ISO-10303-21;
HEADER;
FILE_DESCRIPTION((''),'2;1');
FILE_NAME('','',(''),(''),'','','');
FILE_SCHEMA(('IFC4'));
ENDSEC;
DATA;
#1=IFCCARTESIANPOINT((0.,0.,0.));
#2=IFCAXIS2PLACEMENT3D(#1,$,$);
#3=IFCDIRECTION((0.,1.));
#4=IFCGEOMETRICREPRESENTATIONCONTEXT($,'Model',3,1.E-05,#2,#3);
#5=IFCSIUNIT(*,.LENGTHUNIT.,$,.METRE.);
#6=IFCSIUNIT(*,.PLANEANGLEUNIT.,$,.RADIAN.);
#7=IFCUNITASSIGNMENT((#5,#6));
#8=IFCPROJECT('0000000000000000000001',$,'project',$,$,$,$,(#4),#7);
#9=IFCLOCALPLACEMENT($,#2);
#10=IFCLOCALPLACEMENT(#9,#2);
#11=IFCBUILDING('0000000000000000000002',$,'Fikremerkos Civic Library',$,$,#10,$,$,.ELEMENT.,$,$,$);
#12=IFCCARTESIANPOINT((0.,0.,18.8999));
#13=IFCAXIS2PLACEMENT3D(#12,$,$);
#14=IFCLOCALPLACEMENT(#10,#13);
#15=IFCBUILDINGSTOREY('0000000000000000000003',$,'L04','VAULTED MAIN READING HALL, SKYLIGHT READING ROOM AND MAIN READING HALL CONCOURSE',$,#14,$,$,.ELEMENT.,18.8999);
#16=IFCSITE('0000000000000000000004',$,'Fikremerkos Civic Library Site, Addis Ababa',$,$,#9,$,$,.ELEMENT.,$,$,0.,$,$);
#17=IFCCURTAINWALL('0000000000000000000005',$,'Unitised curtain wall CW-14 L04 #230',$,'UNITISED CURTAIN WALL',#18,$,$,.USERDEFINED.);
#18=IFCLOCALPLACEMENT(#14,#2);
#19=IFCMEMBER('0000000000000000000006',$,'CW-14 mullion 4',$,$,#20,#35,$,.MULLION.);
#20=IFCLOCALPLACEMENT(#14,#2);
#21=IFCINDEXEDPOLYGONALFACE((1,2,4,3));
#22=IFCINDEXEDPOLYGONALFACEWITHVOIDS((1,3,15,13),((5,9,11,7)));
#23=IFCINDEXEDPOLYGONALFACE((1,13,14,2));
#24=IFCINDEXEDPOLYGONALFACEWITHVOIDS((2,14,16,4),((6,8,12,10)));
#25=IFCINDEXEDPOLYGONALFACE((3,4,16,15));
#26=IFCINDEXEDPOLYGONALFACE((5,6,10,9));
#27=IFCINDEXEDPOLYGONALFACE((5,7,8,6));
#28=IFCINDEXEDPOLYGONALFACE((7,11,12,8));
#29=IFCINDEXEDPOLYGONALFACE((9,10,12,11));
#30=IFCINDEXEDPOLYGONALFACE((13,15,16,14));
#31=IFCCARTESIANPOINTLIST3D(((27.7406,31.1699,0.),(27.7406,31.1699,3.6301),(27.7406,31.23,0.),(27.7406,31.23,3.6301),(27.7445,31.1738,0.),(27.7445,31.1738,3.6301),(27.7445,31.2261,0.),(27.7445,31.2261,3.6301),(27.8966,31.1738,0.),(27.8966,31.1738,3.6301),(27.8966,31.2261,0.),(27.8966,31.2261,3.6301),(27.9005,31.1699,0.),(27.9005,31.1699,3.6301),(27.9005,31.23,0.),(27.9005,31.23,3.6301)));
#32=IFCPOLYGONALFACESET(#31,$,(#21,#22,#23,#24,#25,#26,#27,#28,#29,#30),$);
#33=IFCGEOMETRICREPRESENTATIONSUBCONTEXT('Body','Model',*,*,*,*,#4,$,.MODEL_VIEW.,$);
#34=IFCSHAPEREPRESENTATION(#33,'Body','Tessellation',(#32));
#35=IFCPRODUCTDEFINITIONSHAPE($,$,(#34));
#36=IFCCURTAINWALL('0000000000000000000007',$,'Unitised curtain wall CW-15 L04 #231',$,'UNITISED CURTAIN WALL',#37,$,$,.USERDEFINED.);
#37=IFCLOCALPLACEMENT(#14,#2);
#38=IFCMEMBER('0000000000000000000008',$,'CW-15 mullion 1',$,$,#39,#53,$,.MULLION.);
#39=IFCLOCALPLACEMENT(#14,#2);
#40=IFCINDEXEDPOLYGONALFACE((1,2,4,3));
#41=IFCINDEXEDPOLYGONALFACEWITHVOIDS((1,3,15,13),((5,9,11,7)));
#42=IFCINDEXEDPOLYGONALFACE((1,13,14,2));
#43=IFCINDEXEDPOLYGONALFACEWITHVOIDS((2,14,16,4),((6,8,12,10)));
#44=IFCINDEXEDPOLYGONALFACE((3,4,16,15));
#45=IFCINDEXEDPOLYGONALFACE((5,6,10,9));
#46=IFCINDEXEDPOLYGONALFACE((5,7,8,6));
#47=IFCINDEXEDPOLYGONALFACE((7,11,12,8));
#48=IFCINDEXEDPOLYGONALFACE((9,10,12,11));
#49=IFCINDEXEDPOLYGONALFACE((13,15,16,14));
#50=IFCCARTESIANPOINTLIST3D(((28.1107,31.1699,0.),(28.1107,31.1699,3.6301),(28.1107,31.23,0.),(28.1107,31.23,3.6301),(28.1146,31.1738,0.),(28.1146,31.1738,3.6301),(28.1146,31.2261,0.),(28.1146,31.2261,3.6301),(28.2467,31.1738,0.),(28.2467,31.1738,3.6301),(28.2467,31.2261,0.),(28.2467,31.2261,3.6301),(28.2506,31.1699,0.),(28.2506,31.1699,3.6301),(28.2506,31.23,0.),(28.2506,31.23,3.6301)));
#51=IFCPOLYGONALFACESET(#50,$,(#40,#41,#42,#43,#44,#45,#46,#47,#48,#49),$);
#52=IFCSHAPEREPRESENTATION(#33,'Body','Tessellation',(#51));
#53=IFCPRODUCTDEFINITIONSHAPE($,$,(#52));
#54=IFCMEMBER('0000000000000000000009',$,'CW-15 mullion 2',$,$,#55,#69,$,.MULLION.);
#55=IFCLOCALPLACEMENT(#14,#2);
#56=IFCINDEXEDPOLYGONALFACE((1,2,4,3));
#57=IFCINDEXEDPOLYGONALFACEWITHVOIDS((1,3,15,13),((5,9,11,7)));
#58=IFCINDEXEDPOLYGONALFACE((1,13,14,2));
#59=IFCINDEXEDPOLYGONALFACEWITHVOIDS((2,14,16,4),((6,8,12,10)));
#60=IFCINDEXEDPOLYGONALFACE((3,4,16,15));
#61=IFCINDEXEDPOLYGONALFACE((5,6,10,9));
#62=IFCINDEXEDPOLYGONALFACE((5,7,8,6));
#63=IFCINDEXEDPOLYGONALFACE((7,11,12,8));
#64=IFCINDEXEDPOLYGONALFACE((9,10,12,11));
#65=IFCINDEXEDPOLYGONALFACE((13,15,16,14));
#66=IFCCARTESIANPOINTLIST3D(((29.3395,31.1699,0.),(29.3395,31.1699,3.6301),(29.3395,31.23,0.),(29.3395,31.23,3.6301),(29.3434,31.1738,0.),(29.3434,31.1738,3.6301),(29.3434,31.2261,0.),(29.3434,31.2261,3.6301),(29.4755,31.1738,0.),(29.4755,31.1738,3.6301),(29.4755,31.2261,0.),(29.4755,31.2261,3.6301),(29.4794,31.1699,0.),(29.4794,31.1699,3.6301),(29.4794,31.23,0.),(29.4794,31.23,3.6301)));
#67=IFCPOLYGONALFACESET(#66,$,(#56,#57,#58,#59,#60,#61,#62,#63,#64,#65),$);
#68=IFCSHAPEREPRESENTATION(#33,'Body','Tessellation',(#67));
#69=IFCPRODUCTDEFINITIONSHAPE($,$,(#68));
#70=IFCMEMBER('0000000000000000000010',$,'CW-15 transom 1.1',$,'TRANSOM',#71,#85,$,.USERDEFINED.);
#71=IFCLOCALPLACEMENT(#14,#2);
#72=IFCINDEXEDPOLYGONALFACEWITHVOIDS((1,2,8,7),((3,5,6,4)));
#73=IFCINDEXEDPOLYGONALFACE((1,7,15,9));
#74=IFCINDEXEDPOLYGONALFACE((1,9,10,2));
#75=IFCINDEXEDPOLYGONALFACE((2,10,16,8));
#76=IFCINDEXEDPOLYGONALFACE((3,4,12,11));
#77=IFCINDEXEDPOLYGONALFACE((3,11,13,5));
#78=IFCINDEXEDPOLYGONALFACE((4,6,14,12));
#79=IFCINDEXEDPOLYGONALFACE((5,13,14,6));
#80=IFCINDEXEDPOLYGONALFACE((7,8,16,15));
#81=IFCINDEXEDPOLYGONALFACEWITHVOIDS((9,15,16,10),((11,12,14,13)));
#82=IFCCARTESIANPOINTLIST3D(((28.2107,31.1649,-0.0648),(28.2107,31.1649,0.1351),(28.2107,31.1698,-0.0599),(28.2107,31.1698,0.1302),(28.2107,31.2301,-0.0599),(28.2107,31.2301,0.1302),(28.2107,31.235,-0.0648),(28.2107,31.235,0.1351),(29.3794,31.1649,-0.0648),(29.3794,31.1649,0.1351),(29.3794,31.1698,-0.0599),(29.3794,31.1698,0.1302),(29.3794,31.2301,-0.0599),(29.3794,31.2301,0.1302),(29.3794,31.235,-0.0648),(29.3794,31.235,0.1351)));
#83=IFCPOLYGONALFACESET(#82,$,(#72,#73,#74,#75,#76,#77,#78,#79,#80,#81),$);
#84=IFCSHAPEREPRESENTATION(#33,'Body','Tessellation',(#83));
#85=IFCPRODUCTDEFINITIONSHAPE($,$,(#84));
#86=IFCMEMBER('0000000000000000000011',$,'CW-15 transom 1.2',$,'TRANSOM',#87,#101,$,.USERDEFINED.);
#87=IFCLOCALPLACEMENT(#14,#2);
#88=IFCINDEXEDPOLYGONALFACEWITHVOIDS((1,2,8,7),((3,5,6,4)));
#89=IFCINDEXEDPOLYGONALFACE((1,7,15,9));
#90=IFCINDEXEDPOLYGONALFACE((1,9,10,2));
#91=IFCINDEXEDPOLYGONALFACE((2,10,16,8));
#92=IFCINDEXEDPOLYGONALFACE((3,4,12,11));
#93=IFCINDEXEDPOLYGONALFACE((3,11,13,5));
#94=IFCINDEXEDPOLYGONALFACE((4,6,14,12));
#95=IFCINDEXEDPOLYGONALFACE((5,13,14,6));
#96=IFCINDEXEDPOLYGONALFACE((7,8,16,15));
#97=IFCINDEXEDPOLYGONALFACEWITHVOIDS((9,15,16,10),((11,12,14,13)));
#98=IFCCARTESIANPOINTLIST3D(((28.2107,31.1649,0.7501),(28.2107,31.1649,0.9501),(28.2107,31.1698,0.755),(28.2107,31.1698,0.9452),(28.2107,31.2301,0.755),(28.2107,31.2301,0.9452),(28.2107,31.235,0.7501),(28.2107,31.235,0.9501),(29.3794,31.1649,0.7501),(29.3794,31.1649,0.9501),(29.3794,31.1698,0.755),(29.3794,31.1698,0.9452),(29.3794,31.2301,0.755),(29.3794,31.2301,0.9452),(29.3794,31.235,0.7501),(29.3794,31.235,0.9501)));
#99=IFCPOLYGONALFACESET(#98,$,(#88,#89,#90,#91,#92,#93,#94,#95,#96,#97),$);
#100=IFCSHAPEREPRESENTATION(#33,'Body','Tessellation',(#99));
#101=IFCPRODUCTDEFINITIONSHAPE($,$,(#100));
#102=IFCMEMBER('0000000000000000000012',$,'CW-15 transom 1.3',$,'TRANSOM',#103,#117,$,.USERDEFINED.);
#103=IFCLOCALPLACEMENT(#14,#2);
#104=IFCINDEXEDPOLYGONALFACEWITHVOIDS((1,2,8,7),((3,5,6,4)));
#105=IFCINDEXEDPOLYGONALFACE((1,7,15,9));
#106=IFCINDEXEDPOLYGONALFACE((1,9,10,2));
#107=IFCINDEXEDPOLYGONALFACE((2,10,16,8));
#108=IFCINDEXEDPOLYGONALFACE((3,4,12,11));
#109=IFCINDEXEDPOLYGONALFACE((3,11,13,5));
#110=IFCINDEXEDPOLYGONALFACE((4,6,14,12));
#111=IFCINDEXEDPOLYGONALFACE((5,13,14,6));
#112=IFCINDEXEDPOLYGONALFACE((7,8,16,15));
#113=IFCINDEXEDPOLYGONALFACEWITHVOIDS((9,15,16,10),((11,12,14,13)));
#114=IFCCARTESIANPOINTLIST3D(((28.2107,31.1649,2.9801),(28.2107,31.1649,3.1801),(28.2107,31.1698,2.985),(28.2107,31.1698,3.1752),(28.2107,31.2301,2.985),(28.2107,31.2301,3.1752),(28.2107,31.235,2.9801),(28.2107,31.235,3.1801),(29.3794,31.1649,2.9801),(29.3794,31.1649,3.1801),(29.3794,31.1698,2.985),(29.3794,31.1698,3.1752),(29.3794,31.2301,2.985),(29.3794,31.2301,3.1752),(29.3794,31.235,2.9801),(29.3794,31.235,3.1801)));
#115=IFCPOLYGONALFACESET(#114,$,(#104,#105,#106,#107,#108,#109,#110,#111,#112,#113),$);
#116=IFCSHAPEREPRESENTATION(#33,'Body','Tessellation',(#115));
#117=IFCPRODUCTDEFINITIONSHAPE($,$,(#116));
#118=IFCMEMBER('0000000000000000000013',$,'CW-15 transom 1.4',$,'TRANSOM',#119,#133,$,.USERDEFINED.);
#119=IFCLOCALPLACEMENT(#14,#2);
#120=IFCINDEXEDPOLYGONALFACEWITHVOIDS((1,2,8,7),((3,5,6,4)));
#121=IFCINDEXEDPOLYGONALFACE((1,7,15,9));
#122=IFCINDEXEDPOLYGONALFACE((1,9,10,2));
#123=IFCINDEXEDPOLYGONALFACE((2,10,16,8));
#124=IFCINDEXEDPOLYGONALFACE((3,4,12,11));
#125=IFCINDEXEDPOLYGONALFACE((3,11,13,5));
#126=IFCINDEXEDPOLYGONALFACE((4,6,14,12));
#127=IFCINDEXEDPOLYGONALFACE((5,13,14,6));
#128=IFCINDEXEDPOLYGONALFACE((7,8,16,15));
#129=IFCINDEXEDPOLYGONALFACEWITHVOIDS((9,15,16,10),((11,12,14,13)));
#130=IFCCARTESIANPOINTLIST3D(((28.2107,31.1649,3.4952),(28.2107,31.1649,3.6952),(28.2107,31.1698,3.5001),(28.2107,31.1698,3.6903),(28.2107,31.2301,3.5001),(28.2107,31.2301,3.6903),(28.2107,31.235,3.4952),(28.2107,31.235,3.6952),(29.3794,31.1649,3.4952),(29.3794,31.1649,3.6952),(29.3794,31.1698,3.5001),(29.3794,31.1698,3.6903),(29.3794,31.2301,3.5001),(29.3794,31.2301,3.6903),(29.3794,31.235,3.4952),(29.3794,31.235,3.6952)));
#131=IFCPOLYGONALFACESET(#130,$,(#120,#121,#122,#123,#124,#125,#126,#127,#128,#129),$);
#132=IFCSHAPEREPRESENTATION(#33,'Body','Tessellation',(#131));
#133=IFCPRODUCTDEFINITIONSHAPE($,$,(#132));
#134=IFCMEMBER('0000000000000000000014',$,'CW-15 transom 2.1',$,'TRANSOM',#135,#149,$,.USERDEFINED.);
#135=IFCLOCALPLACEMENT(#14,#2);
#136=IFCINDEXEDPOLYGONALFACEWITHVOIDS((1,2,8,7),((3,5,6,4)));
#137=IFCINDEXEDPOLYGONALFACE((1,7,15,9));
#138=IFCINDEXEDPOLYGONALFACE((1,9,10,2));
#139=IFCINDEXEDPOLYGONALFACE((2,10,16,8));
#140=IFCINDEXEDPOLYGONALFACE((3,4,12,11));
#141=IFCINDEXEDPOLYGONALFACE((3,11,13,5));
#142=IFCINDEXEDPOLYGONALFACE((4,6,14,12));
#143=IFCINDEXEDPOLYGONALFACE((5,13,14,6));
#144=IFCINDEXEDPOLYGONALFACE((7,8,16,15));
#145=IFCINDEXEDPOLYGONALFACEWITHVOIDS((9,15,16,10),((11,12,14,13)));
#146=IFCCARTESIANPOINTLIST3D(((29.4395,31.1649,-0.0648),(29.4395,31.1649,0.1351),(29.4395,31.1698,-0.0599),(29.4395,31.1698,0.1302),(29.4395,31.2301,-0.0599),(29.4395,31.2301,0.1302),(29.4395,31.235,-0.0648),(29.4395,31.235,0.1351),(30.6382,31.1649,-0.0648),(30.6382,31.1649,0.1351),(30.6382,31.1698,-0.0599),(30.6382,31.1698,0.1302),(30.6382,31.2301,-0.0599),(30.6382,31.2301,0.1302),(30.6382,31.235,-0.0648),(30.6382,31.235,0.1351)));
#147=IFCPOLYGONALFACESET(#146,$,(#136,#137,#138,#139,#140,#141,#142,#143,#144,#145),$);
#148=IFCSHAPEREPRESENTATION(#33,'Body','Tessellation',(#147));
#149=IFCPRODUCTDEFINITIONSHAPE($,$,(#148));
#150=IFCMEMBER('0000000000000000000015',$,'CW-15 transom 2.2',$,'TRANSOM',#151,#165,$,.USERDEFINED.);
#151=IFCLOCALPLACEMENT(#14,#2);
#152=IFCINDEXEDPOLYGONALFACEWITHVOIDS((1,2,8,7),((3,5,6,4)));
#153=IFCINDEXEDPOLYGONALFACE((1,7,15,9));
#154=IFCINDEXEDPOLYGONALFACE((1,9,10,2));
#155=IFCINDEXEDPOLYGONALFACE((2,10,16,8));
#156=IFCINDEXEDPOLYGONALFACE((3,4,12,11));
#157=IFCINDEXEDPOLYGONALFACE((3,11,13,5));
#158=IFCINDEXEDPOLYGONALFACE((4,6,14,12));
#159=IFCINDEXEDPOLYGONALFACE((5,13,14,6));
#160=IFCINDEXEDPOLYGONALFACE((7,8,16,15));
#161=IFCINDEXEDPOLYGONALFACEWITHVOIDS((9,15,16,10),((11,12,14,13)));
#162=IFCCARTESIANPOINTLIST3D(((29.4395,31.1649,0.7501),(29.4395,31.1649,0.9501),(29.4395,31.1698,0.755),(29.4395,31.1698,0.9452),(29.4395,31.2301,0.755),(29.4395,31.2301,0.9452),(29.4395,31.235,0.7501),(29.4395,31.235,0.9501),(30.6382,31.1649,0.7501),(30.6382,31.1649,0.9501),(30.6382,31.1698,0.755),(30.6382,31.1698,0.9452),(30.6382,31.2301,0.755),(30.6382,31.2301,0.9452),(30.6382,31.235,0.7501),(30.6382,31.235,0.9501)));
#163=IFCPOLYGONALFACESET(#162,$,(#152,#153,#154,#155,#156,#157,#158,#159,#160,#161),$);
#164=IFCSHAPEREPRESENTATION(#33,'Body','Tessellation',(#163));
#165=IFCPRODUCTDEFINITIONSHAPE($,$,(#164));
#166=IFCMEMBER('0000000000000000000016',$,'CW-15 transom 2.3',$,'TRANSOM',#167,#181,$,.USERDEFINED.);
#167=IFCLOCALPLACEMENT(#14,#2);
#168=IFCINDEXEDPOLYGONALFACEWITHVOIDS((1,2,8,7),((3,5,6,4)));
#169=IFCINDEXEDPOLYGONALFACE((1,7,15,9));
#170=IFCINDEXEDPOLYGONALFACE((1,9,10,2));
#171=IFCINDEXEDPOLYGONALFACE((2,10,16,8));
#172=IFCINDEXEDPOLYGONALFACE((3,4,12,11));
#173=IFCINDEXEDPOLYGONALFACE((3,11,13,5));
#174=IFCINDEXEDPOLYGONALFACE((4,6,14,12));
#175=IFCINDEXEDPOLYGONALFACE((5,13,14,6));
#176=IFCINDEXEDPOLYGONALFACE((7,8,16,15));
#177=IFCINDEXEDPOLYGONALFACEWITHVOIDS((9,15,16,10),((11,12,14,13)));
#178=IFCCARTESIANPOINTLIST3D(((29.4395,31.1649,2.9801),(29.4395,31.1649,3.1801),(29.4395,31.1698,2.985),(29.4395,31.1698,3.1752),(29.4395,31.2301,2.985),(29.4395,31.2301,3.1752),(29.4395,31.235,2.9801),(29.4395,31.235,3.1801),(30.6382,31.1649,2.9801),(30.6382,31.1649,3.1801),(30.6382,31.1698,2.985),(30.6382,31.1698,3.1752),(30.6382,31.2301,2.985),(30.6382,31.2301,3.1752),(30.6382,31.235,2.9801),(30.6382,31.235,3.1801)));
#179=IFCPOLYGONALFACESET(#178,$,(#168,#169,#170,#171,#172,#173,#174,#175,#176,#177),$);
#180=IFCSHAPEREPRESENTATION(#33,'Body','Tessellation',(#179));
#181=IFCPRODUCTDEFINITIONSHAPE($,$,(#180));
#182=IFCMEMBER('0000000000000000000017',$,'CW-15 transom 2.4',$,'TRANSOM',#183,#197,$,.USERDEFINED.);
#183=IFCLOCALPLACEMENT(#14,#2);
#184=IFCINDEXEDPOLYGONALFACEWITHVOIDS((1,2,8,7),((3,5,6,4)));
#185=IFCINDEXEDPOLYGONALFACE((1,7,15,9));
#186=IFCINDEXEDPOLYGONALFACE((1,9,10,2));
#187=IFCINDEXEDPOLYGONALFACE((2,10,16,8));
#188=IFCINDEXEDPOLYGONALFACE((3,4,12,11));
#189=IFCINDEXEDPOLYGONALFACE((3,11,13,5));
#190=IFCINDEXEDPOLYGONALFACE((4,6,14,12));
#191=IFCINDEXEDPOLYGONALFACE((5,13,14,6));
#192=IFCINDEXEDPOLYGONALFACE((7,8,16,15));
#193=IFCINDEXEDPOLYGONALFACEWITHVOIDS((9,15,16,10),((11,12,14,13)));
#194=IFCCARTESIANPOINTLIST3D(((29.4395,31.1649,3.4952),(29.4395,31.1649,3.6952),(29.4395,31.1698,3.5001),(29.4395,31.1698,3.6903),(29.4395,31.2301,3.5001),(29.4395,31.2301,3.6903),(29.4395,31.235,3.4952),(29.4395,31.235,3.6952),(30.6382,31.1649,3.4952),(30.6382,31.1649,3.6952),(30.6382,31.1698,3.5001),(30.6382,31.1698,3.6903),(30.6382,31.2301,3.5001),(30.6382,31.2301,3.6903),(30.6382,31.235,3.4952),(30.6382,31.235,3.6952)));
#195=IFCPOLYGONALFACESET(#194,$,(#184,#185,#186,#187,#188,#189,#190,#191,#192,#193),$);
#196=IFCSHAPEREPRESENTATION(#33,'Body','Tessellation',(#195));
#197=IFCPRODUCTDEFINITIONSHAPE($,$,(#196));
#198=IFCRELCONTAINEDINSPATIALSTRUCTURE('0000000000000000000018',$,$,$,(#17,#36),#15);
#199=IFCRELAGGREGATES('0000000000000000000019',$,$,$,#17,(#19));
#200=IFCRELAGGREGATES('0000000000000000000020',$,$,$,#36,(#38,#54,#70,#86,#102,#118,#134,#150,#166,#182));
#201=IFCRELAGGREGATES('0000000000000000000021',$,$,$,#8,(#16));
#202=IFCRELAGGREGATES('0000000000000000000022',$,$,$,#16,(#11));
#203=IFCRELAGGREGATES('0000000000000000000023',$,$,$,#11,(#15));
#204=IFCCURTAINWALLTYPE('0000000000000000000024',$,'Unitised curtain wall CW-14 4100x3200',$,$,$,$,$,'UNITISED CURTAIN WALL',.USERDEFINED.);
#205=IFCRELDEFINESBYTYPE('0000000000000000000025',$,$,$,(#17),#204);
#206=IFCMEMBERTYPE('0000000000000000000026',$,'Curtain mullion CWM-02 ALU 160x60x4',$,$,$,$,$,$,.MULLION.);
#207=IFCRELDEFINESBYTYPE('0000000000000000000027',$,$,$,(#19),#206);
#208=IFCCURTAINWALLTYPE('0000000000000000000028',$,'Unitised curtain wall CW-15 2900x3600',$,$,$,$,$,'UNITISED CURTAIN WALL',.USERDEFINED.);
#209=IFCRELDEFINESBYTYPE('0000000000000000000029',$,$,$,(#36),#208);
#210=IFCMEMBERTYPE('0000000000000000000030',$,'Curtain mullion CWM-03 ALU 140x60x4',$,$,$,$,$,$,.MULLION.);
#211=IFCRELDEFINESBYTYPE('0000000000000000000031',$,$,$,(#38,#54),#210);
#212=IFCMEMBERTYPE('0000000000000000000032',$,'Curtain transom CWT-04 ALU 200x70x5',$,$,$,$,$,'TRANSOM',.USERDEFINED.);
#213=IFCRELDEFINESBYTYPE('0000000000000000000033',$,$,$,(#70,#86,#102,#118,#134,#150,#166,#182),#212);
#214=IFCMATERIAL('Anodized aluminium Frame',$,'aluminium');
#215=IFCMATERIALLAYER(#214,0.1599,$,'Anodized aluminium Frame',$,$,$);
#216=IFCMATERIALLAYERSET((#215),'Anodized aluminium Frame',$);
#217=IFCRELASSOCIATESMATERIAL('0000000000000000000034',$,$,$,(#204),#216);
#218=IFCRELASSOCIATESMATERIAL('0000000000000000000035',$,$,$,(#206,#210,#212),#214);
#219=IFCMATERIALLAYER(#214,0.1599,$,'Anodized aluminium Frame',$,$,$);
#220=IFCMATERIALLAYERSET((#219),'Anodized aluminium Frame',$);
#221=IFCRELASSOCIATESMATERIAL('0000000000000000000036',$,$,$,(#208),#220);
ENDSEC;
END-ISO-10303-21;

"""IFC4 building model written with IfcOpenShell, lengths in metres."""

from ifc_helpers import new_model, si_unit, direction, frame, origin, origin_2d, place, context, subcontext, project, spatial, hollow_rectangle, extrude, material, layer, layer_set, material_profile, profile_set, type_object, element, aggregate, save


model = new_model("IFC4")

# Units and contexts
model_context = context("Model", 3, precision=1e-05, world=origin(), true_north=direction((0.0, 1.0)))
body_context = subcontext(model_context, "Body", "Model", "MODEL_VIEW")
ifc_project = project(units=[si_unit("LENGTHUNIT", "METRE"), si_unit("PLANEANGLEUNIT", "RADIAN")], contexts=[model_context])

# Site, building, storey
site_placement = place(None, origin())
site = spatial("IfcSite", under=ifc_project, at=site_placement, Name="Fikremerkos Civic Library Site, Addis Ababa", CompositionType="ELEMENT", RefElevation=0.0)
building_placement = place(site_placement, origin())
building = spatial("IfcBuilding", under=site, at=building_placement, Name="Fikremerkos Civic Library", CompositionType="ELEMENT")
storey_placement = place(building_placement, frame((0.0, 0.0, 18.8999)))
storey = spatial("IfcBuildingStorey", under=building, at=storey_placement, Name="L04", Description="VAULTED MAIN READING HALL, SKYLIGHT READING ROOM AND MAIN READING HALL CONCOURSE", CompositionType="ELEMENT", Elevation=18.8999)

# Curtain wall, member
ifc_material_1 = material(Name="Anodized aluminium Frame", Category="aluminium")
ifc_layer_1 = layer(ifc_material_1, 0.1599, Name="Anodized aluminium Frame")
ifc_layer_set_1 = layer_set([ifc_layer_1], Name="Anodized aluminium Frame")
curtain_wall_type_1 = type_object("IfcCurtainWallType", Name="Unitised curtain wall CW-14 4100x3200", ElementType="UNITISED CURTAIN WALL", PredefinedType="USERDEFINED", material=ifc_layer_set_1)
curtain_wall_1_placement = place(storey_placement, origin())
curtain_wall_1 = element("IfcCurtainWall", 1, at=curtain_wall_1_placement, inside=storey, type_object=curtain_wall_type_1, Name="Unitised curtain wall CW-14 L04 #230", ObjectType="UNITISED CURTAIN WALL", PredefinedType="USERDEFINED")
ifc_material_profile_1 = material_profile(ifc_material_1, hollow_rectangle(XDim=0.0601, YDim=0.1599, WallThickness=0.0039, at=origin_2d()), Name="ALU 160x60x4")
ifc_profile_set_1 = profile_set([ifc_material_profile_1], Name="Anodized aluminium Frame")
member_type_1 = type_object("IfcMemberType", Name="Curtain mullion CWM-02 ALU 160x60x4", PredefinedType="MULLION", material=ifc_profile_set_1)
member_1_placement = place(storey_placement, frame((27.8206, 31.2, 0.0), z_axis=(0.0, 0.0, 1.0), x_axis=(0.0, 1.0, 0.0)))
member_1 = element("IfcMember", 2, at=member_1_placement, type_object=member_type_1, Name="CW-14 mullion 4", PredefinedType="MULLION", context=body_context, shape_type="SweptSolid", body=[
    extrude(hollow_rectangle(XDim=0.0601, YDim=0.1599, WallThickness=0.0039, at=origin_2d()), origin(), (0.0, 0.0, 1.0), 3.6301),
])

# Curtain wall, members
ifc_layer_2 = layer(ifc_material_1, 0.1599, Name="Anodized aluminium Frame")
ifc_layer_set_2 = layer_set([ifc_layer_2], Name="Anodized aluminium Frame")
curtain_wall_type_2 = type_object("IfcCurtainWallType", Name="Unitised curtain wall CW-15 2900x3600", ElementType="UNITISED CURTAIN WALL", PredefinedType="USERDEFINED", material=ifc_layer_set_2)
curtain_wall_2_placement = place(storey_placement, origin())
curtain_wall_2 = element("IfcCurtainWall", 3, at=curtain_wall_2_placement, inside=storey, type_object=curtain_wall_type_2, Name="Unitised curtain wall CW-15 L04 #231", ObjectType="UNITISED CURTAIN WALL", PredefinedType="USERDEFINED")
ifc_material_profile_2 = material_profile(ifc_material_1, hollow_rectangle(XDim=0.0601, YDim=0.1399, WallThickness=0.0039, at=origin_2d()), Name="ALU 140x60x4")
ifc_profile_set_2 = profile_set([ifc_material_profile_2], Name="Anodized aluminium Frame")
member_type_2 = type_object("IfcMemberType", Name="Curtain mullion CWM-03 ALU 140x60x4", PredefinedType="MULLION", material=ifc_profile_set_2)
member_2_placement = place(storey_placement, frame((28.1807, 31.2, 0.0), z_axis=(0.0, 0.0, 1.0), x_axis=(0.0, 1.0, 0.0)))
member_2 = element("IfcMember", 4, at=member_2_placement, type_object=member_type_2, Name="CW-15 mullion 1", PredefinedType="MULLION", context=body_context, shape_type="SweptSolid", body=[
    extrude(hollow_rectangle(XDim=0.0601, YDim=0.1399, WallThickness=0.0039, at=origin_2d()), origin(), (0.0, 0.0, 1.0), 3.6301),
])
member_3_placement = place(storey_placement, frame((29.4094, 31.2, 0.0), z_axis=(0.0, 0.0, 1.0), x_axis=(0.0, 1.0, 0.0)))
member_3 = element("IfcMember", 5, at=member_3_placement, type_object=member_type_2, Name="CW-15 mullion 2", PredefinedType="MULLION", context=body_context, shape_type="SweptSolid", body=[
    extrude(hollow_rectangle(XDim=0.0601, YDim=0.1399, WallThickness=0.0039, at=origin_2d()), origin(), (0.0, 0.0, 1.0), 3.6301),
])
ifc_material_profile_3 = material_profile(ifc_material_1, hollow_rectangle(XDim=0.0701, YDim=0.2, WallThickness=0.0049, at=origin_2d()), Name="ALU 200x70x5")
ifc_profile_set_3 = profile_set([ifc_material_profile_3], Name="Anodized aluminium Frame")
member_type_3 = type_object("IfcMemberType", Name="Curtain transom CWT-04 ALU 200x70x5", ElementType="TRANSOM", PredefinedType="USERDEFINED", material=ifc_profile_set_3)
member_4_placement = place(storey_placement, frame((28.2107, 31.2, 0.0352), z_axis=(1.0, 0.0, 0.0), x_axis=(0.0, 1.0, 0.0)))
member_4 = element("IfcMember", 6, at=member_4_placement, type_object=member_type_3, Name="CW-15 transom 1.1", ObjectType="TRANSOM", PredefinedType="USERDEFINED", context=body_context, shape_type="SweptSolid", body=[
    extrude(hollow_rectangle(XDim=0.0701, YDim=0.2, WallThickness=0.0049, at=origin_2d()), origin(), (0.0, 0.0, 1.0), 1.1687),
])
member_5_placement = place(storey_placement, frame((28.2107, 31.2, 0.8501), z_axis=(1.0, 0.0, 0.0), x_axis=(0.0, 1.0, 0.0)))
member_5 = element("IfcMember", 7, at=member_5_placement, type_object=member_type_3, Name="CW-15 transom 1.2", ObjectType="TRANSOM", PredefinedType="USERDEFINED", context=body_context, shape_type="SweptSolid", body=[
    extrude(hollow_rectangle(XDim=0.0701, YDim=0.2, WallThickness=0.0049, at=origin_2d()), origin(), (0.0, 0.0, 1.0), 1.1687),
])
member_6_placement = place(storey_placement, frame((28.2107, 31.2, 3.0801), z_axis=(1.0, 0.0, 0.0), x_axis=(0.0, 1.0, 0.0)))
member_6 = element("IfcMember", 8, at=member_6_placement, type_object=member_type_3, Name="CW-15 transom 1.3", ObjectType="TRANSOM", PredefinedType="USERDEFINED", context=body_context, shape_type="SweptSolid", body=[
    extrude(hollow_rectangle(XDim=0.0701, YDim=0.2, WallThickness=0.0049, at=origin_2d()), origin(), (0.0, 0.0, 1.0), 1.1687),
])
member_7_placement = place(storey_placement, frame((28.2107, 31.2, 3.5952), z_axis=(1.0, 0.0, 0.0), x_axis=(0.0, 1.0, 0.0)))
member_7 = element("IfcMember", 9, at=member_7_placement, type_object=member_type_3, Name="CW-15 transom 1.4", ObjectType="TRANSOM", PredefinedType="USERDEFINED", context=body_context, shape_type="SweptSolid", body=[
    extrude(hollow_rectangle(XDim=0.0701, YDim=0.2, WallThickness=0.0049, at=origin_2d()), origin(), (0.0, 0.0, 1.0), 1.1687),
])
member_8_placement = place(storey_placement, frame((29.4395, 31.2, 0.0352), z_axis=(1.0, 0.0, 0.0), x_axis=(0.0, 1.0, 0.0)))
member_8 = element("IfcMember", 10, at=member_8_placement, type_object=member_type_3, Name="CW-15 transom 2.1", ObjectType="TRANSOM", PredefinedType="USERDEFINED", context=body_context, shape_type="SweptSolid", body=[
    extrude(hollow_rectangle(XDim=0.0701, YDim=0.2, WallThickness=0.0049, at=origin_2d()), origin(), (0.0, 0.0, 1.0), 1.1987),
])
member_9_placement = place(storey_placement, frame((29.4395, 31.2, 0.8501), z_axis=(1.0, 0.0, 0.0), x_axis=(0.0, 1.0, 0.0)))
member_9 = element("IfcMember", 11, at=member_9_placement, type_object=member_type_3, Name="CW-15 transom 2.2", ObjectType="TRANSOM", PredefinedType="USERDEFINED", context=body_context, shape_type="SweptSolid", body=[
    extrude(hollow_rectangle(XDim=0.0701, YDim=0.2, WallThickness=0.0049, at=origin_2d()), origin(), (0.0, 0.0, 1.0), 1.1987),
])
member_10_placement = place(storey_placement, frame((29.4395, 31.2, 3.0801), z_axis=(1.0, 0.0, 0.0), x_axis=(0.0, 1.0, 0.0)))
member_10 = element("IfcMember", 12, at=member_10_placement, type_object=member_type_3, Name="CW-15 transom 2.3", ObjectType="TRANSOM", PredefinedType="USERDEFINED", context=body_context, shape_type="SweptSolid", body=[
    extrude(hollow_rectangle(XDim=0.0701, YDim=0.2, WallThickness=0.0049, at=origin_2d()), origin(), (0.0, 0.0, 1.0), 1.1987),
])
member_11_placement = place(storey_placement, frame((29.4395, 31.2, 3.5952), z_axis=(1.0, 0.0, 0.0), x_axis=(0.0, 1.0, 0.0)))
member_11 = element("IfcMember", 13, at=member_11_placement, type_object=member_type_3, Name="CW-15 transom 2.4", ObjectType="TRANSOM", PredefinedType="USERDEFINED", context=body_context, shape_type="SweptSolid", body=[
    extrude(hollow_rectangle(XDim=0.0701, YDim=0.2, WallThickness=0.0049, at=origin_2d()), origin(), (0.0, 0.0, 1.0), 1.1987),
])

aggregate(curtain_wall_1, [member_1])
aggregate(curtain_wall_2, [member_2, member_3, member_4, member_5, member_6, member_7, member_8, member_9, member_10, member_11])

save(model, "model.ifc")
